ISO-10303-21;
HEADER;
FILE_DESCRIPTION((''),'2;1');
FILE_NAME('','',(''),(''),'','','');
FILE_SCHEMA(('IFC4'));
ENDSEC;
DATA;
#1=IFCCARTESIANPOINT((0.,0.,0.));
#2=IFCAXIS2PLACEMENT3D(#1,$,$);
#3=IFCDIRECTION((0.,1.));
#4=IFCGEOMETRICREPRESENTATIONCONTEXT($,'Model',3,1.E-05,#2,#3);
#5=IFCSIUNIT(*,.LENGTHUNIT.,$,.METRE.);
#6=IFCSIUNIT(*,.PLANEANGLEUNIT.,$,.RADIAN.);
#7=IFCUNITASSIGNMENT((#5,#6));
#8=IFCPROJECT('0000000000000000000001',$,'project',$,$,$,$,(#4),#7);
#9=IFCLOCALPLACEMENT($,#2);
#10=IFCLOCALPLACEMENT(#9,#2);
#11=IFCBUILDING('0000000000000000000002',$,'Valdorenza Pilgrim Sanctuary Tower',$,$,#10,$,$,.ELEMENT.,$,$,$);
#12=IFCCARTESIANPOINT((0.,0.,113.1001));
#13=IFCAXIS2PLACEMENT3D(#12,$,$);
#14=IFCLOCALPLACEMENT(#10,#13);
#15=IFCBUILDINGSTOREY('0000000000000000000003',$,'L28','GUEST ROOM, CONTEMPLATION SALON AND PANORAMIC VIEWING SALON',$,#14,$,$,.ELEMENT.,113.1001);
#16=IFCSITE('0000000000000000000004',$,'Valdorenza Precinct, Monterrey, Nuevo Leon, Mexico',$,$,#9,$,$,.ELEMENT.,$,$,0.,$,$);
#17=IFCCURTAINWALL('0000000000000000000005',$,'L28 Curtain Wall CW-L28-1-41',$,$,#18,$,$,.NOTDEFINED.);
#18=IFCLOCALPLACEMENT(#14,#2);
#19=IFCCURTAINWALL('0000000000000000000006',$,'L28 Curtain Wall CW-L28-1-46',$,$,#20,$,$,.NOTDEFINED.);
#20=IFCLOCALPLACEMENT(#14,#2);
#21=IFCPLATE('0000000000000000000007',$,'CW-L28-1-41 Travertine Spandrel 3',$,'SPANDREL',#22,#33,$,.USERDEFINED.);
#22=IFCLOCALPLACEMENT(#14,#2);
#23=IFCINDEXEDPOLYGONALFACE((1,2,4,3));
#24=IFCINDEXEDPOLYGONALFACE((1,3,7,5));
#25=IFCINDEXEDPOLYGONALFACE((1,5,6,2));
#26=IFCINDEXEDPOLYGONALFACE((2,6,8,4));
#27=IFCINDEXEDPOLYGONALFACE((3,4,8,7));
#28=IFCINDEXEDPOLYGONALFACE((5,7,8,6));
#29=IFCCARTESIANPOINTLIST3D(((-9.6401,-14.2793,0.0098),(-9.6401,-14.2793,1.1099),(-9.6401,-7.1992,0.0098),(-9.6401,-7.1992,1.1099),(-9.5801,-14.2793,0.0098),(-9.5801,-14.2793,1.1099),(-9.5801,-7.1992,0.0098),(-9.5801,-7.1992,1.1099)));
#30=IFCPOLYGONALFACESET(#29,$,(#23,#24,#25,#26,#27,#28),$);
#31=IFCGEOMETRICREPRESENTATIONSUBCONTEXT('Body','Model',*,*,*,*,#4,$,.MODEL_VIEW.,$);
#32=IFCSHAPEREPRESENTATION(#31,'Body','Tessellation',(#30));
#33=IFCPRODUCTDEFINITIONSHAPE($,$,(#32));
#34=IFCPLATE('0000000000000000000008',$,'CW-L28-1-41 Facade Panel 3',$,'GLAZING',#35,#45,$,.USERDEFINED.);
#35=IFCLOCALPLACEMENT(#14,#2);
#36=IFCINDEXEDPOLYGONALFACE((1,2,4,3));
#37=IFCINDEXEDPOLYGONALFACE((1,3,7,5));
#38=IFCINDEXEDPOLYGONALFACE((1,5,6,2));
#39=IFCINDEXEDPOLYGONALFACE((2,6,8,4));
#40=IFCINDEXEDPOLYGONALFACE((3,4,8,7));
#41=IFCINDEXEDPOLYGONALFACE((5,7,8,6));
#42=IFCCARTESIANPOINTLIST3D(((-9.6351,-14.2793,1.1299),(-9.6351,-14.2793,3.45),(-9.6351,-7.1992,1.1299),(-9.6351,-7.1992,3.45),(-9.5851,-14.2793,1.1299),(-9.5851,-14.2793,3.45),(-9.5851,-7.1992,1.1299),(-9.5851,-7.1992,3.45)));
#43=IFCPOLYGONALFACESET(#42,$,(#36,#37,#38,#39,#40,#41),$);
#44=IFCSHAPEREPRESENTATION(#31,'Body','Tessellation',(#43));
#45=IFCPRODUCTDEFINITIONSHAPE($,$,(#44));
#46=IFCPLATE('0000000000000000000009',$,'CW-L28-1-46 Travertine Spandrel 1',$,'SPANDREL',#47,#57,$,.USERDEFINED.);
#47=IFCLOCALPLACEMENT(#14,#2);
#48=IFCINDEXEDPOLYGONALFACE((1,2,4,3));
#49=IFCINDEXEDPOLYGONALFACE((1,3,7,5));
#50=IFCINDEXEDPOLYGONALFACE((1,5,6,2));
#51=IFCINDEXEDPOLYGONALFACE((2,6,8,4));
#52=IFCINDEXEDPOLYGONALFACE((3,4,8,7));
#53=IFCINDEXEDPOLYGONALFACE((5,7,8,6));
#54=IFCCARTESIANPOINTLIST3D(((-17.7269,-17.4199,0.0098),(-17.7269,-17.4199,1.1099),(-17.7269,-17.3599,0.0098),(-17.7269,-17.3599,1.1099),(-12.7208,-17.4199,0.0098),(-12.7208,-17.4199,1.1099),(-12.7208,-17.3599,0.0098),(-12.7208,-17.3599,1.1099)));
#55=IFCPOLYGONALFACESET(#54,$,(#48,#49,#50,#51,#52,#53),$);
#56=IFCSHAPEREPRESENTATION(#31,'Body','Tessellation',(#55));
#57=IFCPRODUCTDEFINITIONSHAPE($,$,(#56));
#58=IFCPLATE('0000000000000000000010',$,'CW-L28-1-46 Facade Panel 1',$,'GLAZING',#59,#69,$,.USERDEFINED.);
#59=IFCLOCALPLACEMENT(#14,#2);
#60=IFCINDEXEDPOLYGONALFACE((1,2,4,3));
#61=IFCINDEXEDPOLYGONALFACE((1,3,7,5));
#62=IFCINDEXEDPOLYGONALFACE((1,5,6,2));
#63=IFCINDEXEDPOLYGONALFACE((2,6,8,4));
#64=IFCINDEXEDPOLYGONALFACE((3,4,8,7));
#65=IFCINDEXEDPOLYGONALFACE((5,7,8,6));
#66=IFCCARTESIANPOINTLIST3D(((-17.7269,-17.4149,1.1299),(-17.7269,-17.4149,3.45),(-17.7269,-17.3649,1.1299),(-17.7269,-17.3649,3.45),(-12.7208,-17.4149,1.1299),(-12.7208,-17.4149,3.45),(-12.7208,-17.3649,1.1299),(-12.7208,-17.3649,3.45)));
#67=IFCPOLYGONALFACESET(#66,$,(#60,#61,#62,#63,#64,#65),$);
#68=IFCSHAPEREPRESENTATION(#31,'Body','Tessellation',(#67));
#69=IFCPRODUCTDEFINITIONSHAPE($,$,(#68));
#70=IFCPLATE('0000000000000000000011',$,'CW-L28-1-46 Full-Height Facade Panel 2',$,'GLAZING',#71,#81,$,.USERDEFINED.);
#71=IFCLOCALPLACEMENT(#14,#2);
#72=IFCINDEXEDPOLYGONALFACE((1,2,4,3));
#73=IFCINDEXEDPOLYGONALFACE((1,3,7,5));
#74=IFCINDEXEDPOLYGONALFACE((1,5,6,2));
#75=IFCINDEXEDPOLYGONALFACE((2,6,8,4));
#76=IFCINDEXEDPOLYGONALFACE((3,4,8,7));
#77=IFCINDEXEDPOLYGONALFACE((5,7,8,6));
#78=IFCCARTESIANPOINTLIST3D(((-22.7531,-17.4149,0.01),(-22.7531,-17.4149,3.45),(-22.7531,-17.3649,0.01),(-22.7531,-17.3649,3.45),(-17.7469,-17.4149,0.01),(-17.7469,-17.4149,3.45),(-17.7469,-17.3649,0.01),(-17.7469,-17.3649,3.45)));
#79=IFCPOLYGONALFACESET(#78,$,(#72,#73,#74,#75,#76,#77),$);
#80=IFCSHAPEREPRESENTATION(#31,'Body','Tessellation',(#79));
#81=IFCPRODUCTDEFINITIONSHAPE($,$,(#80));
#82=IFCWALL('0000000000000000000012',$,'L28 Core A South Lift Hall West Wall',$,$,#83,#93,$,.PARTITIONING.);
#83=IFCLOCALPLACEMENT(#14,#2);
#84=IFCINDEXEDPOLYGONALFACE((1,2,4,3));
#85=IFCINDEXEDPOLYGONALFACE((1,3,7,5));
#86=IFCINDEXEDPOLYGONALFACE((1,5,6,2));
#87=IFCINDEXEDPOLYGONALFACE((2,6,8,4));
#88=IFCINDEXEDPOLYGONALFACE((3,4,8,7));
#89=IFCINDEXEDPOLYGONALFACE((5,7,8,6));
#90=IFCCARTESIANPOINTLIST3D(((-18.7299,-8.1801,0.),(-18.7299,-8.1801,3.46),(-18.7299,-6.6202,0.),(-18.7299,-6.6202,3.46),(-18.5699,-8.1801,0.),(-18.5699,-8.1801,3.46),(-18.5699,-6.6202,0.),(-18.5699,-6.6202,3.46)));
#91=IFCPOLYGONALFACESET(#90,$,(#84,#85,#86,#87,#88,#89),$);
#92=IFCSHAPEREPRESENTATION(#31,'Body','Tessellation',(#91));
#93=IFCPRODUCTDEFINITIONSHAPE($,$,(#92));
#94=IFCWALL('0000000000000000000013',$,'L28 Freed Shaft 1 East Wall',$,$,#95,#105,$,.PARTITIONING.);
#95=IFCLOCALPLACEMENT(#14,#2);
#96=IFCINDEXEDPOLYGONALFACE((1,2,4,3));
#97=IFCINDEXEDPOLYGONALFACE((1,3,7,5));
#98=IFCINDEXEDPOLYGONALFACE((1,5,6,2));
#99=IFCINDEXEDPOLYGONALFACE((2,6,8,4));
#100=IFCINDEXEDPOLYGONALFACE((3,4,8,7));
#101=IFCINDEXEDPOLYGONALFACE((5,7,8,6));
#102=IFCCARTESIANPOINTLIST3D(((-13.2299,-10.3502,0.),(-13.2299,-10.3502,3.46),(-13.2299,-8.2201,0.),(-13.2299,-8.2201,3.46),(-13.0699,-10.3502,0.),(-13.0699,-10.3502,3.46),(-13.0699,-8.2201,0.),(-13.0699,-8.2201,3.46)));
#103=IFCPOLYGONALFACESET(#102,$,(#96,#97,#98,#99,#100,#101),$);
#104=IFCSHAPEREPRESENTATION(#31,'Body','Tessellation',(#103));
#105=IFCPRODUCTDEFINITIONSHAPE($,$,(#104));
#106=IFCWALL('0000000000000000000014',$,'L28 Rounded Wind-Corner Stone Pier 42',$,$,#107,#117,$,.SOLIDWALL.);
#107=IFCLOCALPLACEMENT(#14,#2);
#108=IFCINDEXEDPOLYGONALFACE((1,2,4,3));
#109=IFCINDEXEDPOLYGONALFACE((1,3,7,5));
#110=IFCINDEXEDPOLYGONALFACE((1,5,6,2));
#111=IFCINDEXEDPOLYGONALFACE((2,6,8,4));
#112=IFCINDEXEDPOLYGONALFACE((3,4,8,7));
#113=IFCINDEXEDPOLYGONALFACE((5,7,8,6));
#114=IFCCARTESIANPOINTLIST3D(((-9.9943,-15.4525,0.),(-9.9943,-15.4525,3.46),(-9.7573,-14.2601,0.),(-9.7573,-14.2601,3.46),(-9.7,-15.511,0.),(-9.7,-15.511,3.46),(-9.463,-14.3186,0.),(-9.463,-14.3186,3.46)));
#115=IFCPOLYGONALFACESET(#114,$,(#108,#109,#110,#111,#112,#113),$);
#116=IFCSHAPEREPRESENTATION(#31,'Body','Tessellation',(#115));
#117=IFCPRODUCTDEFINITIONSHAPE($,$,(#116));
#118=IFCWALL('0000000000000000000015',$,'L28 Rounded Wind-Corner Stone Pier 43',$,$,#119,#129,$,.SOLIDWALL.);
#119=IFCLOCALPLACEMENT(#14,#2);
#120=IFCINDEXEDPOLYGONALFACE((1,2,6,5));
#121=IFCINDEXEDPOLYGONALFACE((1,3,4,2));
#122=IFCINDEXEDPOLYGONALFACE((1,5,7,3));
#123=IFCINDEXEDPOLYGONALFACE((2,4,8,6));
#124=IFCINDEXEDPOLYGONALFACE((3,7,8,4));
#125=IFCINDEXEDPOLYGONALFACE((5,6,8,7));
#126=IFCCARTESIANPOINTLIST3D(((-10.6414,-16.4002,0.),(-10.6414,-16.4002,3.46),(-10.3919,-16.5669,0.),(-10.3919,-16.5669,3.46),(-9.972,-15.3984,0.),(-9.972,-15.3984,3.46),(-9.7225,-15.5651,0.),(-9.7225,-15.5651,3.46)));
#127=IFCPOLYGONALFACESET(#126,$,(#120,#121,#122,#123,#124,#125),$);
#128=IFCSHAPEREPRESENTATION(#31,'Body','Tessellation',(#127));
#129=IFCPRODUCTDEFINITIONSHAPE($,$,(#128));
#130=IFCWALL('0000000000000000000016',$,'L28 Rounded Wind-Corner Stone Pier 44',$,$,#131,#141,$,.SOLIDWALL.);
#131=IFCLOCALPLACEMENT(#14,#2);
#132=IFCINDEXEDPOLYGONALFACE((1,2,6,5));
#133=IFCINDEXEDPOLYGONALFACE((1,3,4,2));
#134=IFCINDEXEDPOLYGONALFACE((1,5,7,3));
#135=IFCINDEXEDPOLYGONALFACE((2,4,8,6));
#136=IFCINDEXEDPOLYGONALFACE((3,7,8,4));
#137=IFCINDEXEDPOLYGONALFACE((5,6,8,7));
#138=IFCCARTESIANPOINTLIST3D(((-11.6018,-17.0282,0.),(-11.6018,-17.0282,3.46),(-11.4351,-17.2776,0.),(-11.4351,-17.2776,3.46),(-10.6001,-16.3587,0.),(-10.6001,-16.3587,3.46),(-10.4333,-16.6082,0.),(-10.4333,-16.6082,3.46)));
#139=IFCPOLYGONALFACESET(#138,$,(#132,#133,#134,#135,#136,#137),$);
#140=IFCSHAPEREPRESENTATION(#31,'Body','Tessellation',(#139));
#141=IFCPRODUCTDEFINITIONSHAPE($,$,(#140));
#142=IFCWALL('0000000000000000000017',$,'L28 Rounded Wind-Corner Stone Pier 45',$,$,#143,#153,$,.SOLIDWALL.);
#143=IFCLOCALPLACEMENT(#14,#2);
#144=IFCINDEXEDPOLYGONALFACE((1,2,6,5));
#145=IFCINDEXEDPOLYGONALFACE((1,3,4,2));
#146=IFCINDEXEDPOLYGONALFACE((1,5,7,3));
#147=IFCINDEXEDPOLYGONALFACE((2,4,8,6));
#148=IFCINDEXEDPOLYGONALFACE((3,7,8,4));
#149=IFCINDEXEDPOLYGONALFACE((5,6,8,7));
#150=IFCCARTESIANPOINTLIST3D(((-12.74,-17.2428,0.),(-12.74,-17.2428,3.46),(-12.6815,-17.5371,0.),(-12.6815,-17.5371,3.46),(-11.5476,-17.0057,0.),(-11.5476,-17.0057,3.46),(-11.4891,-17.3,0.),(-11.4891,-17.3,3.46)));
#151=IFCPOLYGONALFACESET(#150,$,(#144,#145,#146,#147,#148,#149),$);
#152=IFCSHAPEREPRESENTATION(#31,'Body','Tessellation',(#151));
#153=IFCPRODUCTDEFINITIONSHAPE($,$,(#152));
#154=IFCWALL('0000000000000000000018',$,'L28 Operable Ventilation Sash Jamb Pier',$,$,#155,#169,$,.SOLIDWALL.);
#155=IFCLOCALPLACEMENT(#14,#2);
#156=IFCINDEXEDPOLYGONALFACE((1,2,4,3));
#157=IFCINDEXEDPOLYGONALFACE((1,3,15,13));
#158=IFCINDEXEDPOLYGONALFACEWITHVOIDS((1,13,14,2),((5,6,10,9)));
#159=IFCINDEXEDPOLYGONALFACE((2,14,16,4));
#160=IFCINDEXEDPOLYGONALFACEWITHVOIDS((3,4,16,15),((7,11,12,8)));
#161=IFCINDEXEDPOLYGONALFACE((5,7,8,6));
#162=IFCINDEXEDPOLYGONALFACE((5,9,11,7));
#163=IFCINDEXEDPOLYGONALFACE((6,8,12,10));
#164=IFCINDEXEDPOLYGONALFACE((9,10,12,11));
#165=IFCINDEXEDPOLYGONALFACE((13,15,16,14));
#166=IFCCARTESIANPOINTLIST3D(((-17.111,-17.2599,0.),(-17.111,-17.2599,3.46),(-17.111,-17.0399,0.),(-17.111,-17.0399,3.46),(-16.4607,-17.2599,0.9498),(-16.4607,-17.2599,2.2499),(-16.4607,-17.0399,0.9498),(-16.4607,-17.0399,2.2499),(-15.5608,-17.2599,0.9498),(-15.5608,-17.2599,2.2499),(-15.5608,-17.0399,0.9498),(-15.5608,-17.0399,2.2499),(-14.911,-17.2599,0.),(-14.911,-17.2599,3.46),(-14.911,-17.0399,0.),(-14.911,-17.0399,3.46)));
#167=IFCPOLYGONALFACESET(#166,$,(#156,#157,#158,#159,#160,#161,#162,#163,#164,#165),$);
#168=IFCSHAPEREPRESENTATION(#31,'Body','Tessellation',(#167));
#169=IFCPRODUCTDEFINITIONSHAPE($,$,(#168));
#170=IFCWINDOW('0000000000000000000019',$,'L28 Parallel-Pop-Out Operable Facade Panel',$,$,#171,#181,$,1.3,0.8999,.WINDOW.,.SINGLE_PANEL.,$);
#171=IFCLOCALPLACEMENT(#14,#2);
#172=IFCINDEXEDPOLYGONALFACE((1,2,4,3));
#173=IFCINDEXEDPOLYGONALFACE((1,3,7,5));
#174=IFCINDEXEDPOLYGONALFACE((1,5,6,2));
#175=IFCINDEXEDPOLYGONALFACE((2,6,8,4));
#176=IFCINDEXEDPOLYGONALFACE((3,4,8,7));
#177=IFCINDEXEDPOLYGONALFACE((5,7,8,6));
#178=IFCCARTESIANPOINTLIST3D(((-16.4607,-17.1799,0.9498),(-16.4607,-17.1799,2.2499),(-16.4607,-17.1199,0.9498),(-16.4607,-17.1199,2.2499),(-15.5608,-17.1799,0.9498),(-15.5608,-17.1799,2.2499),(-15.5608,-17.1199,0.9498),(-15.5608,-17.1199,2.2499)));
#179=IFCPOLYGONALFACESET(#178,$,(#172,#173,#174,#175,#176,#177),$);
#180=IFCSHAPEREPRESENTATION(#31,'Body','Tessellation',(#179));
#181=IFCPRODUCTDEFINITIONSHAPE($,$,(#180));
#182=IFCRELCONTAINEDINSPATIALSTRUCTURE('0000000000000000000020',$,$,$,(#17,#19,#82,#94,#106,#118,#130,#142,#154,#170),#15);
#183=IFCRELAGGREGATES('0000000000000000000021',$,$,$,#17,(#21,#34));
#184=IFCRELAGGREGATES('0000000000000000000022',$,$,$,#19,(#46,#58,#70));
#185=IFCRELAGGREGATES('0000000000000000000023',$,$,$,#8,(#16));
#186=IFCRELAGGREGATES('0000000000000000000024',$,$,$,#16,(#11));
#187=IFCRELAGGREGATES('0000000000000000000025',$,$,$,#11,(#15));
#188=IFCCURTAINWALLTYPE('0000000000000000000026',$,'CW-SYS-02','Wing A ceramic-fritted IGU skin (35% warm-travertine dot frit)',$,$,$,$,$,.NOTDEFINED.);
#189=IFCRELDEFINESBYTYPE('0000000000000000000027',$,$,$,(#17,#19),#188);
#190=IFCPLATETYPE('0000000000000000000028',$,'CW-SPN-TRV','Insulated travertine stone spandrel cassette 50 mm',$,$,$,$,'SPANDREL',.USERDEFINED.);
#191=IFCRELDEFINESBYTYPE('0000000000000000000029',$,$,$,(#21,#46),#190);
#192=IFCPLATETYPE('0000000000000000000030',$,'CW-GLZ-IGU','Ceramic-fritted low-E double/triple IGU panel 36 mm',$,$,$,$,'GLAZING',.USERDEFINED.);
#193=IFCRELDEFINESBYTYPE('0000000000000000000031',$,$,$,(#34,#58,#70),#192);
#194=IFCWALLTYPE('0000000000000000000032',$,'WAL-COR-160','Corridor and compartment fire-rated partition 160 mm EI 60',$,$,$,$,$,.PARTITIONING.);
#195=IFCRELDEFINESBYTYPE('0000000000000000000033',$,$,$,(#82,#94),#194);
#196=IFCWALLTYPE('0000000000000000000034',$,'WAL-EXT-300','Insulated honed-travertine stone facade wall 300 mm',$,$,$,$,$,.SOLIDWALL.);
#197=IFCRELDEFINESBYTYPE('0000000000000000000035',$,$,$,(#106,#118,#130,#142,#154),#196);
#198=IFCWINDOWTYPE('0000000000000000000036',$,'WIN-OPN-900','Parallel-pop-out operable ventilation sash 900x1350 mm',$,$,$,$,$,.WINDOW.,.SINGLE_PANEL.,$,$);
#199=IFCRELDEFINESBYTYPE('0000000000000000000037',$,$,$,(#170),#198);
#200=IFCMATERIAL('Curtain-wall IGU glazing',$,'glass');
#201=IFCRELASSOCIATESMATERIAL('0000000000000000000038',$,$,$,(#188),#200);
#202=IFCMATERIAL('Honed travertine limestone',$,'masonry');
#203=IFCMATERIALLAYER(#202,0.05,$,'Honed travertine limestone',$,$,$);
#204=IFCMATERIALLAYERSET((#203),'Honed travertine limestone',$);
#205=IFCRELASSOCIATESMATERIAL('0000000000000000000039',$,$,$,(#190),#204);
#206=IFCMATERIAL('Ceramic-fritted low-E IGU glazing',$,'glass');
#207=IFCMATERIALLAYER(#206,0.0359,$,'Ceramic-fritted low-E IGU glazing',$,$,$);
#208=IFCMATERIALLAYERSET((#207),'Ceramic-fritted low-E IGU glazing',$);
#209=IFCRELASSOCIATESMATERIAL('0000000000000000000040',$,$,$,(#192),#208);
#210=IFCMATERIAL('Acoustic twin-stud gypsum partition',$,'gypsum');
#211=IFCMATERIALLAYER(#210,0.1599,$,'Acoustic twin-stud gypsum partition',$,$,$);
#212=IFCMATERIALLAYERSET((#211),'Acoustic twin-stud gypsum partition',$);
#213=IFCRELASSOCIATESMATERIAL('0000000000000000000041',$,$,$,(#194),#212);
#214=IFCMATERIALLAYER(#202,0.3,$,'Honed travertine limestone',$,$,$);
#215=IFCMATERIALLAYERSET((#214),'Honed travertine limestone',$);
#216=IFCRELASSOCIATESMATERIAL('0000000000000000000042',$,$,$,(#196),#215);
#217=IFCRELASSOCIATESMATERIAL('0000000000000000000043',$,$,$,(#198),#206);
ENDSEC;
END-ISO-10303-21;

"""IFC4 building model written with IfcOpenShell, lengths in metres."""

from ifc_helpers import new_model, si_unit, direction, frame, frame_2d, origin, origin_2d, place, context, subcontext, project, spatial, rectangle, extrude, source, transform, mapped, material, layer, layer_set, type_object, element, fill, aggregate, save


model = new_model("IFC4")

# Units and contexts
model_context = context("Model", 3, precision=1e-05, world=origin(), true_north=direction((0.0, 1.0)))
body_context = subcontext(model_context, "Body", "Model", "MODEL_VIEW")
ifc_project = project(units=[si_unit("LENGTHUNIT", "METRE"), si_unit("PLANEANGLEUNIT", "RADIAN")], contexts=[model_context])

# Site, building, storey
site_placement = place(None, origin())
site = spatial("IfcSite", under=ifc_project, at=site_placement, Name="Valdorenza Precinct, Monterrey, Nuevo Leon, Mexico", CompositionType="ELEMENT", RefElevation=0.0)
building_placement = place(site_placement, origin())
building = spatial("IfcBuilding", under=site, at=building_placement, Name="Valdorenza Pilgrim Sanctuary Tower", CompositionType="ELEMENT")
storey_placement = place(building_placement, frame((0.0, 0.0, 113.1001)))
storey = spatial("IfcBuildingStorey", under=building, at=storey_placement, Name="L28", Description="GUEST ROOM, CONTEMPLATION SALON AND PANORAMIC VIEWING SALON", CompositionType="ELEMENT", Elevation=113.1001)

# Curtain walls
ifc_material_1 = material(Name="Curtain-wall IGU glazing", Category="glass")
curtain_wall_type = type_object("IfcCurtainWallType", Name="CW-SYS-02", Description="Wing A ceramic-fritted IGU skin (35% warm-travertine dot frit)", PredefinedType="NOTDEFINED", material=ifc_material_1)
curtain_wall_1_placement = place(storey_placement, origin())
curtain_wall_1 = element("IfcCurtainWall", 1, at=curtain_wall_1_placement, inside=storey, type_object=curtain_wall_type, Name="L28 Curtain Wall CW-L28-1-41", PredefinedType="NOTDEFINED")
curtain_wall_2_placement = place(storey_placement, origin())
curtain_wall_2 = element("IfcCurtainWall", 2, at=curtain_wall_2_placement, inside=storey, type_object=curtain_wall_type, Name="L28 Curtain Wall CW-L28-1-46", PredefinedType="NOTDEFINED")

# Plates
ifc_material_2 = material(Name="Honed travertine limestone", Category="masonry")
ifc_layer_1 = layer(ifc_material_2, 0.05, Name="Honed travertine limestone")
ifc_layer_set_1 = layer_set([ifc_layer_1], Name="Honed travertine limestone")
plate_type_1 = type_object("IfcPlateType", Name="CW-SPN-TRV", Description="Insulated travertine stone spandrel cassette 50 mm", ElementType="SPANDREL", PredefinedType="USERDEFINED", material=ifc_layer_set_1)
shared_shape_1 = source(origin(), body_context, "Body", "SweptSolid", [
    extrude(rectangle(XDim=7.0801, YDim=0.0601, at=origin_2d()), origin(), (0.0, 0.0, 1.0), 1.1001),
])
plate_1_placement = place(storey_placement, frame((-9.6101, -10.7393, 0.0098), z_axis=(0.0, 0.0, 1.0), x_axis=(0.0, -1.0, 0.0)))
plate_1 = element("IfcPlate", 3, at=plate_1_placement, type_object=plate_type_1, Name="CW-L28-1-41 Travertine Spandrel 3", ObjectType="SPANDREL", PredefinedType="USERDEFINED", context=body_context, shape_type="MappedRepresentation", body=[
    mapped(shared_shape_1, transform((0.0, 0.0, 0.0), x_axis=(1.0, 0.0, 0.0), y_axis=(0.0, 1.0, 0.0), z_axis=(0.0, 0.0, 1.0), scale=1.0)),
])
ifc_material_3 = material(Name="Ceramic-fritted low-E IGU glazing", Category="glass")
ifc_layer_2 = layer(ifc_material_3, 0.0359, Name="Ceramic-fritted low-E IGU glazing")
ifc_layer_set_2 = layer_set([ifc_layer_2], Name="Ceramic-fritted low-E IGU glazing")
plate_type_2 = type_object("IfcPlateType", Name="CW-GLZ-IGU", Description="Ceramic-fritted low-E double/triple IGU panel 36 mm", ElementType="GLAZING", PredefinedType="USERDEFINED", material=ifc_layer_set_2)
shared_shape_2 = source(origin(), body_context, "Body", "SweptSolid", [
    extrude(rectangle(XDim=7.0801, YDim=0.05, at=origin_2d()), origin(), (0.0, 0.0, 1.0), 2.3201),
])
plate_2_placement = place(storey_placement, frame((-9.6101, -10.7393, 1.1299), z_axis=(0.0, 0.0, 1.0), x_axis=(0.0, -1.0, 0.0)))
plate_2 = element("IfcPlate", 4, at=plate_2_placement, type_object=plate_type_2, Name="CW-L28-1-41 Facade Panel 3", ObjectType="GLAZING", PredefinedType="USERDEFINED", context=body_context, shape_type="MappedRepresentation", body=[
    mapped(shared_shape_2, transform((0.0, 0.0, 0.0), x_axis=(1.0, 0.0, 0.0), y_axis=(0.0, 1.0, 0.0), z_axis=(0.0, 0.0, 1.0), scale=1.0)),
])
aggregate(curtain_wall_1, [plate_1, plate_2])
shared_shape_3 = source(origin(), body_context, "Body", "SweptSolid", [
    extrude(rectangle(XDim=5.0061, YDim=0.0601, at=origin_2d()), origin(), (0.0, 0.0, 1.0), 1.1001),
])
plate_3_placement = place(storey_placement, frame((-15.2239, -17.3899, 0.0098), z_axis=(0.0, 0.0, 1.0), x_axis=(-1.0, 0.0, 0.0)))
plate_3 = element("IfcPlate", 5, at=plate_3_placement, type_object=plate_type_1, Name="CW-L28-1-46 Travertine Spandrel 1", ObjectType="SPANDREL", PredefinedType="USERDEFINED", context=body_context, shape_type="MappedRepresentation", body=[
    mapped(shared_shape_3, transform((0.0, 0.0, 0.0), x_axis=(1.0, 0.0, 0.0), y_axis=(0.0, 1.0, 0.0), z_axis=(0.0, 0.0, 1.0), scale=1.0)),
])
shared_shape_4 = source(origin(), body_context, "Body", "SweptSolid", [
    extrude(rectangle(XDim=5.0061, YDim=0.05, at=origin_2d()), origin(), (0.0, 0.0, 1.0), 2.3201),
])
plate_4_placement = place(storey_placement, frame((-15.2239, -17.3899, 1.1299), z_axis=(0.0, 0.0, 1.0), x_axis=(-1.0, 0.0, 0.0)))
plate_4 = element("IfcPlate", 6, at=plate_4_placement, type_object=plate_type_2, Name="CW-L28-1-46 Facade Panel 1", ObjectType="GLAZING", PredefinedType="USERDEFINED", context=body_context, shape_type="MappedRepresentation", body=[
    mapped(shared_shape_4, transform((0.0, 0.0, 0.0), x_axis=(1.0, 0.0, 0.0), y_axis=(0.0, 1.0, 0.0), z_axis=(0.0, 0.0, 1.0), scale=1.0)),
])
shared_shape_5 = source(origin(), body_context, "Body", "SweptSolid", [
    extrude(rectangle(XDim=5.0061, YDim=0.05, at=origin_2d()), origin(), (0.0, 0.0, 1.0), 3.4399),
])
plate_5_placement = place(storey_placement, frame((-20.25, -17.3899, 0.01), z_axis=(0.0, 0.0, 1.0), x_axis=(-1.0, 0.0, 0.0)))
plate_5 = element("IfcPlate", 7, at=plate_5_placement, type_object=plate_type_2, Name="CW-L28-1-46 Full-Height Facade Panel 2", ObjectType="GLAZING", PredefinedType="USERDEFINED", context=body_context, shape_type="MappedRepresentation", body=[
    mapped(shared_shape_5, transform((0.0, 0.0, 0.0), x_axis=(1.0, 0.0, 0.0), y_axis=(0.0, 1.0, 0.0), z_axis=(0.0, 0.0, 1.0), scale=1.0)),
])
aggregate(curtain_wall_2, [plate_3, plate_4, plate_5])

# Wall
ifc_material_4 = material(Name="Acoustic twin-stud gypsum partition", Category="gypsum")
ifc_layer_3 = layer(ifc_material_4, 0.1599, Name="Acoustic twin-stud gypsum partition")
ifc_layer_set_3 = layer_set([ifc_layer_3], Name="Acoustic twin-stud gypsum partition")
wall_type_1 = type_object("IfcWallType", Name="WAL-COR-160", Description="Corridor and compartment fire-rated partition 160 mm EI 60", PredefinedType="PARTITIONING", material=ifc_layer_set_3)
wall_1_placement = place(storey_placement, frame((-18.6499, -8.1799, 0.0), z_axis=(0.0, 0.0, 1.0), x_axis=(0.0, 1.0, 0.0)))
element("IfcWall", 8, at=wall_1_placement, inside=storey, type_object=wall_type_1, Name="L28 Core A South Lift Hall West Wall", PredefinedType="PARTITIONING", context=body_context, shape_type="SweptSolid", body=[
    extrude(rectangle(XDim=1.5598, YDim=0.1599, at=frame_2d((0.7798, 0.0))), origin(), (0.0, 0.0, 1.0), 3.46),
])

# Walls
wall_2_placement = place(storey_placement, frame((-13.1499, -10.3501, 0.0), z_axis=(0.0, 0.0, 1.0), x_axis=(0.0, 1.0, 0.0)))
element("IfcWall", 9, at=wall_2_placement, inside=storey, type_object=wall_type_1, Name="L28 Freed Shaft 1 East Wall", PredefinedType="PARTITIONING", context=body_context, shape_type="SweptSolid", body=[
    extrude(rectangle(XDim=2.1301, YDim=0.1599, at=frame_2d((1.0649, 0.0))), origin(), (0.0, 0.0, 1.0), 3.46),
])
ifc_layer_4 = layer(ifc_material_2, 0.3, Name="Honed travertine limestone")
ifc_layer_set_4 = layer_set([ifc_layer_4], Name="Honed travertine limestone")
wall_type_2 = type_object("IfcWallType", Name="WAL-EXT-300", Description="Insulated honed-travertine stone facade wall 300 mm", PredefinedType="SOLIDWALL", material=ifc_layer_set_4)
wall_3_placement = place(storey_placement, frame((-9.6101, -14.2893, 0.0), z_axis=(0.0, 0.0, 1.0), x_axis=(-0.194996, -0.980804, 0.0)))
element("IfcWall", 10, at=wall_3_placement, inside=storey, type_object=wall_type_2, Name="L28 Rounded Wind-Corner Stone Pier 42", PredefinedType="SOLIDWALL", context=body_context, shape_type="SweptSolid", body=[
    extrude(rectangle(XDim=1.2158, YDim=0.3, at=frame_2d((0.6079, 0.0))), origin(), (0.0, 0.0, 1.0), 3.46),
])
for number, where, z_axis, x_axis, name in (
    (11, (-9.8472, -15.4817, 0.0), (0.0, 0.0, 1.0), (-0.555635, -0.831426, 0.0), "L28 Rounded Wind-Corner Stone Pier 43"),
    (12, (-10.5166, -16.4834, 0.0), (0.0, 0.0, 1.0), (-0.831426, -0.555635, 0.0), "L28 Rounded Wind-Corner Stone Pier 44"),
):
    element("IfcWall", number, at=place(storey_placement, frame(where, z_axis=z_axis, x_axis=x_axis)), inside=storey, type_object=wall_type_2, Name=name, PredefinedType="SOLIDWALL", context=body_context, shape_type="SweptSolid", body=[
        extrude(rectangle(XDim=1.2048, YDim=0.3, at=frame_2d((0.6025, 0.0))), origin(), (0.0, 0.0, 1.0), 3.46),
    ])
wall_4_placement = place(storey_placement, frame((-11.5183, -17.1528, 0.0), z_axis=(0.0, 0.0, 1.0), x_axis=(-0.980804, -0.194996, 0.0)))
element("IfcWall", 13, at=wall_4_placement, inside=storey, type_object=wall_type_2, Name="L28 Rounded Wind-Corner Stone Pier 45", PredefinedType="SOLIDWALL", context=body_context, shape_type="SweptSolid", body=[
    extrude(rectangle(XDim=1.2158, YDim=0.3, at=frame_2d((0.6079, 0.0))), origin(), (0.0, 0.0, 1.0), 3.46),
])

# Wall, opening, window
wall_5_placement = place(storey_placement, frame((-14.9109, -17.1499, 0.0), z_axis=(0.0, 0.0, 1.0), x_axis=(-1.0, 0.0, 0.0)))
wall_5 = element("IfcWall", 14, at=wall_5_placement, inside=storey, type_object=wall_type_2, Name="L28 Operable Ventilation Sash Jamb Pier", PredefinedType="SOLIDWALL", context=body_context, shape_type="SweptSolid", body=[
    extrude(rectangle(XDim=2.2, YDim=0.22, at=frame_2d((1.1001, 0.0))), origin(), (0.0, 0.0, 1.0), 3.46),
])
opening_1_placement = place(wall_5_placement, frame((0.6499, 0.0, 0.95)))
opening_1 = element("IfcOpeningElement", 15, at=opening_1_placement, cuts=wall_5, PredefinedType="OPENING", context=body_context, shape_type="SweptSolid", body=[
    extrude(rectangle(XDim=0.8999, YDim=1.3, at=frame_2d((0.45, 0.6499))), frame((0.0, 0.125, 0.0), z_axis=(0.0, -1.0, 0.0), x_axis=(1.0, 0.0, 0.0)), (0.0, 0.0, 1.0), 0.2498),
])
window_type = type_object("IfcWindowType", Name="WIN-OPN-900", Description="Parallel-pop-out operable ventilation sash 900x1350 mm", PartitioningType="SINGLE_PANEL", PredefinedType="WINDOW", material=ifc_material_3)
window_placement = place(opening_1_placement, origin())
window = element("IfcWindow", 16, at=window_placement, inside=storey, type_object=window_type, Name="L28 Parallel-Pop-Out Operable Facade Panel", OverallHeight=1.3, OverallWidth=0.8999, PartitioningType="SINGLE_PANEL", PredefinedType="WINDOW", context=body_context, shape_type="SweptSolid", body=[
    extrude(rectangle(XDim=0.8999, YDim=1.3, at=frame_2d((0.45, 0.6499))), frame((0.0, 0.03, 0.0), z_axis=(0.0, -1.0, 0.0), x_axis=(1.0, 0.0, 0.0)), (0.0, 0.0, 1.0), 0.0601),
])
fill(opening_1, window)

save(model, "model.ifc")
